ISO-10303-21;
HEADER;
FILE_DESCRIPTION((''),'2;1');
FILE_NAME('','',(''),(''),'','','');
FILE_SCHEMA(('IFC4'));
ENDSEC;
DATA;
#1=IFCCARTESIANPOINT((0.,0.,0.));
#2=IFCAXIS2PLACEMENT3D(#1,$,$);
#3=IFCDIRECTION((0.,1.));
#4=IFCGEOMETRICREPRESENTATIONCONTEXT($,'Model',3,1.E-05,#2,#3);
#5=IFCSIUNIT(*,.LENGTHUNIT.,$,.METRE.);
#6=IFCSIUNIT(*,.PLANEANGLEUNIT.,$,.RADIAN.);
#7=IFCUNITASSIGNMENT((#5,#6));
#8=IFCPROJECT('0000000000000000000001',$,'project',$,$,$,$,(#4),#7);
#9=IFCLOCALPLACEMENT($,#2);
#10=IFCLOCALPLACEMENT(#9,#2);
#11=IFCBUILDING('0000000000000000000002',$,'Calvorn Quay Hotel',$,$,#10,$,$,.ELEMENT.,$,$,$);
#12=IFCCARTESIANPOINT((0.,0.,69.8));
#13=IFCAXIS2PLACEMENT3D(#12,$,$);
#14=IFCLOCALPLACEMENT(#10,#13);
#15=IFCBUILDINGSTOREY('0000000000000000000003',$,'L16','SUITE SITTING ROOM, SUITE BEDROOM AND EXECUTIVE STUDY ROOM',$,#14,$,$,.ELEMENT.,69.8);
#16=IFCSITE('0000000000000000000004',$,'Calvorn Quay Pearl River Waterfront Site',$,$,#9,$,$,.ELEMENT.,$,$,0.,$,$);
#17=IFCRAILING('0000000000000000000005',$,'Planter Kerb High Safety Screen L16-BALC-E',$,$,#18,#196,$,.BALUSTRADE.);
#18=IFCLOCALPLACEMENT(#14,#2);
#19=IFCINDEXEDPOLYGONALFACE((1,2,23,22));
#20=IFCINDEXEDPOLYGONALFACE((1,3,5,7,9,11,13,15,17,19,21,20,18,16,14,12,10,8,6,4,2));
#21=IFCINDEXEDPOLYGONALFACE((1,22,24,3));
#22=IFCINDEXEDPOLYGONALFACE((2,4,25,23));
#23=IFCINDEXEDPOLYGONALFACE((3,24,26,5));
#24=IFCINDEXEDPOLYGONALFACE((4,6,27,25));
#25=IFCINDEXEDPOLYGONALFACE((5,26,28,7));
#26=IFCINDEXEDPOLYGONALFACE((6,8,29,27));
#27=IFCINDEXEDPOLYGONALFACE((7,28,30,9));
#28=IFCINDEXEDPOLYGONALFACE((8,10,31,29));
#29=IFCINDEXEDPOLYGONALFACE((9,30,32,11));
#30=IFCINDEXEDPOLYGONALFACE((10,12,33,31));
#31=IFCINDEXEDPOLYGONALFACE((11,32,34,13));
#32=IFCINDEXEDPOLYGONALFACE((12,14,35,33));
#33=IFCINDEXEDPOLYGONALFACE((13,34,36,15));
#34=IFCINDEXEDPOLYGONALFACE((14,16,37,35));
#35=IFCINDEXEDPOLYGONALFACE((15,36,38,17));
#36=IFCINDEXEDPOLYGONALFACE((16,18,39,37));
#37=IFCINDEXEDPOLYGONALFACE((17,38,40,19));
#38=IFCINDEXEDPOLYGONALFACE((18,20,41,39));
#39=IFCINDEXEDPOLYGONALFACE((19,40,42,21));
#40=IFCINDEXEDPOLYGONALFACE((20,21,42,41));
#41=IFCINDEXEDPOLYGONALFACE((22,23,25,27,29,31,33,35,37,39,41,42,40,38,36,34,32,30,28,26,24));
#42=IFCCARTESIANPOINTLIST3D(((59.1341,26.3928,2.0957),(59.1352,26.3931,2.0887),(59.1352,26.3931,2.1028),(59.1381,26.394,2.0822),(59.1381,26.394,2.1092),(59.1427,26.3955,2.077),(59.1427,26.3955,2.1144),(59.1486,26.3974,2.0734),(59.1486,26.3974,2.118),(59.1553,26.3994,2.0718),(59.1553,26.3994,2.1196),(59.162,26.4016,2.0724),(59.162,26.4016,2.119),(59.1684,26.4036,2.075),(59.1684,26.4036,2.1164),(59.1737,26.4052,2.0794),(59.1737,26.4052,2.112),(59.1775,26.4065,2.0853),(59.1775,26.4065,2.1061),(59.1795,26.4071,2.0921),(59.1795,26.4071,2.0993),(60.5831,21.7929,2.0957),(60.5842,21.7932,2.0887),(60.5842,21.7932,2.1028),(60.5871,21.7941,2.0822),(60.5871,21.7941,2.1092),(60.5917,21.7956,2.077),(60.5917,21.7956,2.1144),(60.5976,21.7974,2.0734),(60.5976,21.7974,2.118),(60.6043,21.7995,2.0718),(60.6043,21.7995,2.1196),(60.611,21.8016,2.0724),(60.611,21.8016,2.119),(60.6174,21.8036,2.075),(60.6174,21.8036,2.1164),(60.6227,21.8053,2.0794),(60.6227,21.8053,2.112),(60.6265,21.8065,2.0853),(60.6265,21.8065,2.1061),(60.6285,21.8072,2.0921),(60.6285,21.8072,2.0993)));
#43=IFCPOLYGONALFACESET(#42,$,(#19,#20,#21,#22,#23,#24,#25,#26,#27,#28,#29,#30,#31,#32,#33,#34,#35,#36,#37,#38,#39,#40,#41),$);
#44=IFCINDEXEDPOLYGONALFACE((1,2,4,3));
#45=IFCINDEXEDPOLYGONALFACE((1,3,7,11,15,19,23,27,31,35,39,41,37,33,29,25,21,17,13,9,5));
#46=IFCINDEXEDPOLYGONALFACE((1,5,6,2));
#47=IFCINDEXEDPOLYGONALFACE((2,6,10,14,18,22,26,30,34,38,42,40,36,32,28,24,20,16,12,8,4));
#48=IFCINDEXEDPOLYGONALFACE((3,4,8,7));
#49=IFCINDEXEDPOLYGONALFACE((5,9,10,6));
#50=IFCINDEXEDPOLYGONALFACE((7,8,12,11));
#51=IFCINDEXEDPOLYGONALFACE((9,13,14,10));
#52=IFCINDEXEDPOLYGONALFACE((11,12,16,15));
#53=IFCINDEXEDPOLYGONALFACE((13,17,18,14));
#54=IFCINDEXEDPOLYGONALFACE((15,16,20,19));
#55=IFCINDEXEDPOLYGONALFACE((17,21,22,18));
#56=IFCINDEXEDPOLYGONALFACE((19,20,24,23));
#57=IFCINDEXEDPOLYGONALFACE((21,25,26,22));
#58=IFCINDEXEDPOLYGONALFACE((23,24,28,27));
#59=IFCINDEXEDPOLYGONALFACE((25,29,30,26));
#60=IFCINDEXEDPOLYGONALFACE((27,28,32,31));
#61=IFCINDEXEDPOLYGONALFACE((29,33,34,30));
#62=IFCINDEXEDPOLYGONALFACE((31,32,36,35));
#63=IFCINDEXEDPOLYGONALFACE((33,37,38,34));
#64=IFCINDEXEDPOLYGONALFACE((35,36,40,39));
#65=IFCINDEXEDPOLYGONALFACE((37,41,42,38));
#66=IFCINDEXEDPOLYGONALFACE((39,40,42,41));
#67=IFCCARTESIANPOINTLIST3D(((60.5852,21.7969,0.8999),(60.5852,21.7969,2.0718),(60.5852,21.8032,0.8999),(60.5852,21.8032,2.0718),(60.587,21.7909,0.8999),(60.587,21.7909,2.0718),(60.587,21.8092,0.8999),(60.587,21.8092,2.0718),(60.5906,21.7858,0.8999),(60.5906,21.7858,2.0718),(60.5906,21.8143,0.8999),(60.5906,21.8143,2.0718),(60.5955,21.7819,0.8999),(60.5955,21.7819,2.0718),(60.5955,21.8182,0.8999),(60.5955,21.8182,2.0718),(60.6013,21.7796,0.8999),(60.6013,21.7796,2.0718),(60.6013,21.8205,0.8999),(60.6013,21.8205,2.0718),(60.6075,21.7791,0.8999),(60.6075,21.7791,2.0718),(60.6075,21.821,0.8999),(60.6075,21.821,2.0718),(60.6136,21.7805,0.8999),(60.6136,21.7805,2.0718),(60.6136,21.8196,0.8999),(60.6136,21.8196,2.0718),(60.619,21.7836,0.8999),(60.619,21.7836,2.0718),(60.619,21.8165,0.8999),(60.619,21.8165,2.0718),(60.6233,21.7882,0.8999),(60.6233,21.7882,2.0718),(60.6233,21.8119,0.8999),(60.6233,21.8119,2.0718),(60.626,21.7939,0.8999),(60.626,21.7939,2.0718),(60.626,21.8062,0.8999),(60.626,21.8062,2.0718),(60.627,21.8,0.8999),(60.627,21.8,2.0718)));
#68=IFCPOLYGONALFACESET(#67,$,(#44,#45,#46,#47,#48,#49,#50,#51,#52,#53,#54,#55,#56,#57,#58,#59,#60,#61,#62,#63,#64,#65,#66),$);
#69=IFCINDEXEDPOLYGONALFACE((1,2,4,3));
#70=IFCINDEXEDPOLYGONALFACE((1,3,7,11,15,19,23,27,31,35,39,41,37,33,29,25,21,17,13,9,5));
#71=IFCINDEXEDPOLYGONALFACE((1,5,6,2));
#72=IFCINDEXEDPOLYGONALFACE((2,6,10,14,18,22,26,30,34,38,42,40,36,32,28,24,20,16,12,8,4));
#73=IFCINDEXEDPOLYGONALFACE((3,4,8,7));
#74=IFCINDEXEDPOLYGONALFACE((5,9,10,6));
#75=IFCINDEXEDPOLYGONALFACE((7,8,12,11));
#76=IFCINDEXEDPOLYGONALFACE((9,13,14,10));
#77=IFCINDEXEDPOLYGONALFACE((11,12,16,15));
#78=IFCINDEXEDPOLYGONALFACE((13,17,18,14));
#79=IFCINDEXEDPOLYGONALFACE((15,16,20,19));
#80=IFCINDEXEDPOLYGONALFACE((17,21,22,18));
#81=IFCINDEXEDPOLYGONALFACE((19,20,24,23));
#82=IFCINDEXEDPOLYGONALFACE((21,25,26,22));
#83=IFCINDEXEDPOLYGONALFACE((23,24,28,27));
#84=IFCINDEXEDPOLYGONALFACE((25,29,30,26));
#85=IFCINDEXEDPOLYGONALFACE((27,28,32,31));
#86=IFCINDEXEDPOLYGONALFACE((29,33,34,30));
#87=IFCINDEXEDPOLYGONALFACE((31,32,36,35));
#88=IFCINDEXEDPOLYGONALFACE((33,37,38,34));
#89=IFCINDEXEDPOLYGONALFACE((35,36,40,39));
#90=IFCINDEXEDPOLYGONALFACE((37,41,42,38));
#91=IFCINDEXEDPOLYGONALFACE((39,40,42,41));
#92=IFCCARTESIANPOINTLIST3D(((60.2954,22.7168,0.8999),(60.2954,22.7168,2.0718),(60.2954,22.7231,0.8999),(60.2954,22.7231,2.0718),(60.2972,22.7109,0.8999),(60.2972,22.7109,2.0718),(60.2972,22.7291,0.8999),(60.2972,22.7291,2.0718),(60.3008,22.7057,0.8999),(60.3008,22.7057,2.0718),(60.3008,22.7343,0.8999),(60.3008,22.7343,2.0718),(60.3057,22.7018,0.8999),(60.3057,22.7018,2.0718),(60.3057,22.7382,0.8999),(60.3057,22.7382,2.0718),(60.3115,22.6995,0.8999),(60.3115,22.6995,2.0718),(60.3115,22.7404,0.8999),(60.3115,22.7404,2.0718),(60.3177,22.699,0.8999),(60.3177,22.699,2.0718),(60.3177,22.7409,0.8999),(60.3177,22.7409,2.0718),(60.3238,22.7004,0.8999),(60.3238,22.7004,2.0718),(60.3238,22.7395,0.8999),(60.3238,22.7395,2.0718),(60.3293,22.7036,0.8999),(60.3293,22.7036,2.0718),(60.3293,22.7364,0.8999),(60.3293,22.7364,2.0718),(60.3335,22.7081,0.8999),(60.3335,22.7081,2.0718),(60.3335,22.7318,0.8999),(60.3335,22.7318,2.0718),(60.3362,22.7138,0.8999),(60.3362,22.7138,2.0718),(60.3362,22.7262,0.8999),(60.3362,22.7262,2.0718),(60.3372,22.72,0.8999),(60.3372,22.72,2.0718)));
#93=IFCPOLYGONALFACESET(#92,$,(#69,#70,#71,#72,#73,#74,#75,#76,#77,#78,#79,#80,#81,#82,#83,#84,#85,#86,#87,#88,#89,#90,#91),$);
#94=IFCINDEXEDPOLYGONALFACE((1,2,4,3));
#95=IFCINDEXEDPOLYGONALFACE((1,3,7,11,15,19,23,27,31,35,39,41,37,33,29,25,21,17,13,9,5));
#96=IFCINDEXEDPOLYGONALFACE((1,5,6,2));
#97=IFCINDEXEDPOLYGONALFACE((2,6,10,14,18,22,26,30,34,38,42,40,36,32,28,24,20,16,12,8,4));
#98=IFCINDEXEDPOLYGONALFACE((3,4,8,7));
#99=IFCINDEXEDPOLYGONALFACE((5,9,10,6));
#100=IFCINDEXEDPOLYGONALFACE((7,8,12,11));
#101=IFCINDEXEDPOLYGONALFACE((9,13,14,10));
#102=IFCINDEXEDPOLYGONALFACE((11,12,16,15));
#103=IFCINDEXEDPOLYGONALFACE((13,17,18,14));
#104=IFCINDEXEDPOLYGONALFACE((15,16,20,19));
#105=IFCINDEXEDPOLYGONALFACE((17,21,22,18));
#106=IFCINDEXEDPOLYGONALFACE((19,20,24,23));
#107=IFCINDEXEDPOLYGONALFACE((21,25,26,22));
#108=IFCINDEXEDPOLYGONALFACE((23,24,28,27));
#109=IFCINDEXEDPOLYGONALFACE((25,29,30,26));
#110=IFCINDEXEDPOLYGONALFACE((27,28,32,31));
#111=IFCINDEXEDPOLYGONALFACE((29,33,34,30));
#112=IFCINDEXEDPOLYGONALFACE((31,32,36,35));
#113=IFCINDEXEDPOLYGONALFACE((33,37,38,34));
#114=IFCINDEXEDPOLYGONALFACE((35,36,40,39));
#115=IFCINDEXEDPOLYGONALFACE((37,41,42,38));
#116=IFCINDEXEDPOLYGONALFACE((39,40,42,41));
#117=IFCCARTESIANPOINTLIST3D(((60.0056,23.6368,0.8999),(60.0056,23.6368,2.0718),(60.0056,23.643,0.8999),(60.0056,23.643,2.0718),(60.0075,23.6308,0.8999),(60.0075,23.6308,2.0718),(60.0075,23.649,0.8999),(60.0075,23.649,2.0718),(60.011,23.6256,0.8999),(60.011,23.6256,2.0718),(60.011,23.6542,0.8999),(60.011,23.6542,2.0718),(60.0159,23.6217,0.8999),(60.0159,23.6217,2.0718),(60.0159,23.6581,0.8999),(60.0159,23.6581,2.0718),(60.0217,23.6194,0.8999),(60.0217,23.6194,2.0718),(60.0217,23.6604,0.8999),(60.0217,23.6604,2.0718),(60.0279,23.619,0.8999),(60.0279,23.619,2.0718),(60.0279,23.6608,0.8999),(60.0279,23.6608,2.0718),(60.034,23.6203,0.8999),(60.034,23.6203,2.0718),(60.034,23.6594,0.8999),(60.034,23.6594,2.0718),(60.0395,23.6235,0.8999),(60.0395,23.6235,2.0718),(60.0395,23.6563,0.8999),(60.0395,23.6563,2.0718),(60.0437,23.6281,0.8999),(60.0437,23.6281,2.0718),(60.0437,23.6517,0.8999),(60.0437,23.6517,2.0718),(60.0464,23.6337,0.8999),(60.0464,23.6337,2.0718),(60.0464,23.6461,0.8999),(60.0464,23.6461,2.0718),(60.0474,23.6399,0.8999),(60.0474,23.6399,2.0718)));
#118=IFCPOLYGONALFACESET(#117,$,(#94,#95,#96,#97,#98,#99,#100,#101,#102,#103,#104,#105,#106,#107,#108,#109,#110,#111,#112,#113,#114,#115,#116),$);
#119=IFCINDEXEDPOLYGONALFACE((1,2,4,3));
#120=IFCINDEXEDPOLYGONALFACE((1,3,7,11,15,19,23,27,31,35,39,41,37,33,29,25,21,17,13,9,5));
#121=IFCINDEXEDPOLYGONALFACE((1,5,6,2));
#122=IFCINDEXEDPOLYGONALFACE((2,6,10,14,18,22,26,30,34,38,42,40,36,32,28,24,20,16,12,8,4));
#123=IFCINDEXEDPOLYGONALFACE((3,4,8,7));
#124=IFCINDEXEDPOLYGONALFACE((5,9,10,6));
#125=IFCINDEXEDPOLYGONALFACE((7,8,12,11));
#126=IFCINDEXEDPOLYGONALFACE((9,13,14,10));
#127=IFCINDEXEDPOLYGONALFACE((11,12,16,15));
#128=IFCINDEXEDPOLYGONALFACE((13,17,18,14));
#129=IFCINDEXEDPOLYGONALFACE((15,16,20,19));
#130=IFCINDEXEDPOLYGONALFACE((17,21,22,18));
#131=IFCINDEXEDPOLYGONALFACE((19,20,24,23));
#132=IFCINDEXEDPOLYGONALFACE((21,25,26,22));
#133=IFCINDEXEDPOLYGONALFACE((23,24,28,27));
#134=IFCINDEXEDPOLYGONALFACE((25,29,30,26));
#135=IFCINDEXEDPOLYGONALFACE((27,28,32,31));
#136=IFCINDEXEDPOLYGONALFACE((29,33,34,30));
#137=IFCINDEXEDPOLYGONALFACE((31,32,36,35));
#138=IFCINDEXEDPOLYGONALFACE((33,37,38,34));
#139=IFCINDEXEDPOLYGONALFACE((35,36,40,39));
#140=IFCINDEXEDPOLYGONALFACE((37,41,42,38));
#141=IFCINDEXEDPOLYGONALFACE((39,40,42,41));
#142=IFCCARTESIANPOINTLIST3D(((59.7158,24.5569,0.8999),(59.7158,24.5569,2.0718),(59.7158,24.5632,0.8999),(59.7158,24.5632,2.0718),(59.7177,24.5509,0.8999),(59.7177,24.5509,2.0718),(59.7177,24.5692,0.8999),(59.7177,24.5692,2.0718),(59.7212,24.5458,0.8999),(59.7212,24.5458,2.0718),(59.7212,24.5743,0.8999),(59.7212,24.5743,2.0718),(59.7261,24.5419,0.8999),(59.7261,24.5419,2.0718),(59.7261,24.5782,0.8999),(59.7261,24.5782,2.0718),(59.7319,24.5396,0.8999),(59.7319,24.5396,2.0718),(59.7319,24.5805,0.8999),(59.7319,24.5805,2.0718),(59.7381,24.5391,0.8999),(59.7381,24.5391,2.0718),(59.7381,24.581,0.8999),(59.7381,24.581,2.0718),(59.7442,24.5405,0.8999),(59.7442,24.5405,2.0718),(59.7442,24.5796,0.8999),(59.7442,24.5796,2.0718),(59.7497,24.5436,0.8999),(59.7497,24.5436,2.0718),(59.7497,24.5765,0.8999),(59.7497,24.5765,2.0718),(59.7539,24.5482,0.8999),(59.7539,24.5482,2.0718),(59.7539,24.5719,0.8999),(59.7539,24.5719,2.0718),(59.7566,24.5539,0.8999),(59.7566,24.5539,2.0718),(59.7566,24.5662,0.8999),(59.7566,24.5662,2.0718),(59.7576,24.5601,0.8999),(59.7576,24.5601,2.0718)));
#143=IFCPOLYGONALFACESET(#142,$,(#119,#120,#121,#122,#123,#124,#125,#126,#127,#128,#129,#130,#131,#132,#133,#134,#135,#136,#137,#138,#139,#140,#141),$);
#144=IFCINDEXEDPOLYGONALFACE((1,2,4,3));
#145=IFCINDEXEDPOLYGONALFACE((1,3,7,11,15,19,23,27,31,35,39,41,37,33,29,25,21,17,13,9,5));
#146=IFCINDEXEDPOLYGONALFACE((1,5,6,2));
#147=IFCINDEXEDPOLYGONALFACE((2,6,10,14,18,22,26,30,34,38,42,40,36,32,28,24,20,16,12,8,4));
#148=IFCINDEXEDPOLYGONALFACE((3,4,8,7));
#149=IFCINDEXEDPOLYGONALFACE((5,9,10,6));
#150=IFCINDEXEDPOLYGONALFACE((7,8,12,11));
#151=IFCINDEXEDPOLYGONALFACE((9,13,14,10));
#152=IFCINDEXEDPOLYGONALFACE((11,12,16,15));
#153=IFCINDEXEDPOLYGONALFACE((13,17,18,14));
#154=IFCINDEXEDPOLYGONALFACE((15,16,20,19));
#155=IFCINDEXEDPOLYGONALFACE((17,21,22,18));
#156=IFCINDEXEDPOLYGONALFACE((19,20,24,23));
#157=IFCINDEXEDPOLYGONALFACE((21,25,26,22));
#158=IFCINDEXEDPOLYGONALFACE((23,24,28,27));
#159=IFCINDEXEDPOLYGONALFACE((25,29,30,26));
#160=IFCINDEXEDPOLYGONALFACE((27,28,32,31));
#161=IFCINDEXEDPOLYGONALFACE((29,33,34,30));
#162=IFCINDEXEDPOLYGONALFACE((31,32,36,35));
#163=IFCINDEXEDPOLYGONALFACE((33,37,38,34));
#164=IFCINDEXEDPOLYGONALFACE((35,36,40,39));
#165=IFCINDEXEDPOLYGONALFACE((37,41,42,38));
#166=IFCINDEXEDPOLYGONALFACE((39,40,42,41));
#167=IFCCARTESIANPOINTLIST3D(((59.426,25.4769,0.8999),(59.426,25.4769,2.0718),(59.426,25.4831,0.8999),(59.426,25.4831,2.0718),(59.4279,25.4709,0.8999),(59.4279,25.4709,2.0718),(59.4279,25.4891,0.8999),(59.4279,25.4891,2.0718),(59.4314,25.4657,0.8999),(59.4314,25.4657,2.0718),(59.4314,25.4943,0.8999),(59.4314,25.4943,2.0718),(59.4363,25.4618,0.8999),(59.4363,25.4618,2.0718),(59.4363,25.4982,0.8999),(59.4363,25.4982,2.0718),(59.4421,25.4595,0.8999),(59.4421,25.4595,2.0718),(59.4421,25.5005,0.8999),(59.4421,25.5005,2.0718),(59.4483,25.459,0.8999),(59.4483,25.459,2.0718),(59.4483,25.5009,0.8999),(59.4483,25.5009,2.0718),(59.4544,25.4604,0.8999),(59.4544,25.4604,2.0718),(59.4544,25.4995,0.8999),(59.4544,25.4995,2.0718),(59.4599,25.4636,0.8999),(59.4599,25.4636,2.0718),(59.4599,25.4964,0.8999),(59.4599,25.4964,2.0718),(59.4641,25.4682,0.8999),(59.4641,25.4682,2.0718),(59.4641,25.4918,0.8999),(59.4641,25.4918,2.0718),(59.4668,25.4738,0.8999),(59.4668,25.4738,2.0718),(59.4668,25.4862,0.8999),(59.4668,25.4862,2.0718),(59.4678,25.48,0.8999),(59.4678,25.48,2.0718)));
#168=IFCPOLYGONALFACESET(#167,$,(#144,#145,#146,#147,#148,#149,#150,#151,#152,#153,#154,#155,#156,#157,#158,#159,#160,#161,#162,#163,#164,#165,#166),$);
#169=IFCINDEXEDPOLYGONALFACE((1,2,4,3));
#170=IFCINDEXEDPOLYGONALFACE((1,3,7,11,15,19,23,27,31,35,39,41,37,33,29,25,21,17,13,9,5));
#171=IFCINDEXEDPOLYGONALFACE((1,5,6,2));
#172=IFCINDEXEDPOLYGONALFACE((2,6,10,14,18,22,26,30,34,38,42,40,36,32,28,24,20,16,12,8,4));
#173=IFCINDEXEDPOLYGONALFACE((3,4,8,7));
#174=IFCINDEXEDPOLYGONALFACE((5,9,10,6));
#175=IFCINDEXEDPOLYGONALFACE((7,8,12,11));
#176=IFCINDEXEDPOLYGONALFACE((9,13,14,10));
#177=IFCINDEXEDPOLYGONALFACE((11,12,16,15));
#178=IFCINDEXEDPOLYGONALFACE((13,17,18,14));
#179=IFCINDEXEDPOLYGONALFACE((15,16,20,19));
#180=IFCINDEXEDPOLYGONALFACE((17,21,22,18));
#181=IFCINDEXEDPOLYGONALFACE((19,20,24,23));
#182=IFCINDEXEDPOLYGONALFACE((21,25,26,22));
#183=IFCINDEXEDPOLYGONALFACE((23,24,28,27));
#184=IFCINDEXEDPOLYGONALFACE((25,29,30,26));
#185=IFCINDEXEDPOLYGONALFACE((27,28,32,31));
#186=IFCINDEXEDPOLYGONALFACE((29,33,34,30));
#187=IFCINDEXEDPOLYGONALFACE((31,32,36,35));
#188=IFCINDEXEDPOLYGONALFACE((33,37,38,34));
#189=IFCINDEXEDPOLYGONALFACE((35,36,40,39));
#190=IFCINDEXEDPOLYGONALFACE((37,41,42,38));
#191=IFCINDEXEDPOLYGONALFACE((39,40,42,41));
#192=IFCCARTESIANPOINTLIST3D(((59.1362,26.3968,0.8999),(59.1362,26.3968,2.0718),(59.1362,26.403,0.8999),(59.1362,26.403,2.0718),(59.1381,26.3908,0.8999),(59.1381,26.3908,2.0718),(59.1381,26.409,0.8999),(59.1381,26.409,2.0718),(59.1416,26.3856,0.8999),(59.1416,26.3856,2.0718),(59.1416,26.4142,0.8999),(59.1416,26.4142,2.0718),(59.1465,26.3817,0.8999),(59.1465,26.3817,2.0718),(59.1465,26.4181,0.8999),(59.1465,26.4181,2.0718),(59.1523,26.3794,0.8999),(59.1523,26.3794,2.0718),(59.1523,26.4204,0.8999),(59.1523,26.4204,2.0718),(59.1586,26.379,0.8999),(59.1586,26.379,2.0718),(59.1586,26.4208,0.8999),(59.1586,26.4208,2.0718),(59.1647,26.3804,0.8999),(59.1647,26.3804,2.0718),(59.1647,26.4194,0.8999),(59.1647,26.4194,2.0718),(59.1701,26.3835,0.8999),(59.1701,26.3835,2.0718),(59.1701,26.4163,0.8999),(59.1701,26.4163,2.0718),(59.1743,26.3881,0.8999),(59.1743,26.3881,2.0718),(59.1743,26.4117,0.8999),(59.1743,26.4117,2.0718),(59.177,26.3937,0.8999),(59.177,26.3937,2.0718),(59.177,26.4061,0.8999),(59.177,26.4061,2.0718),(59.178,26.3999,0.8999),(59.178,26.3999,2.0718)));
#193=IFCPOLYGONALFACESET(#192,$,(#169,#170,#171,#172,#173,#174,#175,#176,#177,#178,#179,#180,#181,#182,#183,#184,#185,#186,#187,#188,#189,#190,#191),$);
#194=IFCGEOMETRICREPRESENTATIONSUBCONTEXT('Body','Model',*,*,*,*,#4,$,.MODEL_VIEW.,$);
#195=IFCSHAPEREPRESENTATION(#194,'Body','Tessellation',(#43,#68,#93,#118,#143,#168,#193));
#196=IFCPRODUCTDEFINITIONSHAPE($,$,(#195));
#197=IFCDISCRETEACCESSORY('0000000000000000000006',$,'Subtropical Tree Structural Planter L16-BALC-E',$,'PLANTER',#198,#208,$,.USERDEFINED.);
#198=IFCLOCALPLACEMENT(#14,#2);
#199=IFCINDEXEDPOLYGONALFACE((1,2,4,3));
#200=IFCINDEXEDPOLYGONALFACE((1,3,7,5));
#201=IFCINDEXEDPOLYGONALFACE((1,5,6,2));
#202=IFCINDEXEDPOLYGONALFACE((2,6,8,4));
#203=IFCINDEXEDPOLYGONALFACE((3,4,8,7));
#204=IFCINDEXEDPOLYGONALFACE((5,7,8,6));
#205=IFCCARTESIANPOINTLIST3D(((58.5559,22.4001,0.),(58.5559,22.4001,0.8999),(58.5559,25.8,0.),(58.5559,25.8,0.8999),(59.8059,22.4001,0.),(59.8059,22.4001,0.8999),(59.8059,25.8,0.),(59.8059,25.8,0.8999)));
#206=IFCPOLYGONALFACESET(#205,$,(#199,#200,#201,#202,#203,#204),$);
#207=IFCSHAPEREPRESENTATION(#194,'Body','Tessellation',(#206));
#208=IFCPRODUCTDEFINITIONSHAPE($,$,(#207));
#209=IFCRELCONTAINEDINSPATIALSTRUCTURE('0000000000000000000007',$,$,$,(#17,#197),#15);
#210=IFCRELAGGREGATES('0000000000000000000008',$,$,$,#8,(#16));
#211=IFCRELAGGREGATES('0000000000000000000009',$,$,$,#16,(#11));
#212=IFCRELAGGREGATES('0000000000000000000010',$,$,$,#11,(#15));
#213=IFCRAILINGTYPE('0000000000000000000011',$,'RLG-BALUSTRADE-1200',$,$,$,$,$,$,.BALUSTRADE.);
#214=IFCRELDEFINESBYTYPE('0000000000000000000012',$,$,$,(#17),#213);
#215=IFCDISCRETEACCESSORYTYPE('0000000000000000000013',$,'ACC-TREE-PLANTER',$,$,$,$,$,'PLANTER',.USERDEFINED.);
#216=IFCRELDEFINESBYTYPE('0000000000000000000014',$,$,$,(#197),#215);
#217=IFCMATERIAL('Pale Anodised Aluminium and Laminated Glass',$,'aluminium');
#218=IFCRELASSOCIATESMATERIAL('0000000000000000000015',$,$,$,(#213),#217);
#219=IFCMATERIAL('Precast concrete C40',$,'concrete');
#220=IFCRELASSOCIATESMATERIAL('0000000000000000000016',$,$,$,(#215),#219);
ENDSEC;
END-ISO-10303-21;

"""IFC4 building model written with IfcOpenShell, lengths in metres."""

from ifc_helpers import new_model, si_unit, direction, frame, origin, origin_2d, place, context, subcontext, project, spatial, rectangle, circle, extrude, material, type_object, element, save


model = new_model("IFC4")

# Units and contexts
model_context = context("Model", 3, precision=1e-05, world=origin(), true_north=direction((0.0, 1.0)))
body_context = subcontext(model_context, "Body", "Model", "MODEL_VIEW")
ifc_project = project(units=[si_unit("LENGTHUNIT", "METRE"), si_unit("PLANEANGLEUNIT", "RADIAN")], contexts=[model_context])

# Site, building, storey
site_placement = place(None, origin())
site = spatial("IfcSite", under=ifc_project, at=site_placement, Name="Calvorn Quay Pearl River Waterfront Site", CompositionType="ELEMENT", RefElevation=0.0)
building_placement = place(site_placement, origin())
building = spatial("IfcBuilding", under=site, at=building_placement, Name="Calvorn Quay Hotel", CompositionType="ELEMENT")
storey_placement = place(building_placement, frame((0.0, 0.0, 69.8)))
storey = spatial("IfcBuildingStorey", under=building, at=storey_placement, Name="L16", Description="SUITE SITTING ROOM, SUITE BEDROOM AND EXECUTIVE STUDY ROOM", CompositionType="ELEMENT", Elevation=69.8)

# Railing
ifc_material_1 = material(Name="Pale Anodised Aluminium and Laminated Glass", Category="aluminium")
railing_type = type_object("IfcRailingType", Name="RLG-BALUSTRADE-1200", PredefinedType="BALUSTRADE", material=ifc_material_1)
railing_placement = place(storey_placement, frame((60.606, 21.8, 0.8999)))
element("IfcRailing", 1, at=railing_placement, inside=storey, type_object=railing_type, Name="Planter Kerb High Safety Screen L16-BALC-E", PredefinedType="BALUSTRADE", context=body_context, shape_type="SweptSolid", body=[
    extrude(circle(Radius=0.0239, at=origin_2d()), frame((0.0, 0.0, 1.1958), z_axis=(-0.30045, 0.953797, 0.0), x_axis=(-0.953797, -0.30045, 0.0)), (0.0, 0.0, 1.0), 4.8228),
    extrude(circle(Radius=0.021, at=origin_2d()), origin(), (0.0, 0.0, 1.0), 1.1719),
    extrude(circle(Radius=0.021, at=origin_2d()), frame((-0.2898, 0.9199, 0.0)), (0.0, 0.0, 1.0), 1.1719),
    extrude(circle(Radius=0.021, at=origin_2d()), frame((-0.5796, 1.8398, 0.0)), (0.0, 0.0, 1.0), 1.1719),
    extrude(circle(Radius=0.021, at=origin_2d()), frame((-0.8694, 2.76, 0.0)), (0.0, 0.0, 1.0), 1.1719),
    extrude(circle(Radius=0.021, at=origin_2d()), frame((-1.1592, 3.6799, 0.0)), (0.0, 0.0, 1.0), 1.1719),
    extrude(circle(Radius=0.021, at=origin_2d()), frame((-1.449, 4.5999, 0.0)), (0.0, 0.0, 1.0), 1.1719),
])

# Discrete accessory
ifc_material_2 = material(Name="Precast concrete C40", Category="concrete")
discrete_accessory_type = type_object("IfcDiscreteAccessoryType", Name="ACC-TREE-PLANTER", ElementType="PLANTER", PredefinedType="USERDEFINED", material=ifc_material_2)
discrete_accessory_placement = place(storey_placement, frame((59.1809, 24.1001, 0.0), z_axis=(0.0, 0.0, 1.0), x_axis=(1.0, 0.0, 0.0)))
element("IfcDiscreteAccessory", 2, at=discrete_accessory_placement, inside=storey, type_object=discrete_accessory_type, Name="Subtropical Tree Structural Planter L16-BALC-E", ObjectType="PLANTER", PredefinedType="USERDEFINED", context=body_context, shape_type="SweptSolid", body=[
    extrude(rectangle(XDim=1.25, YDim=3.3999, at=origin_2d()), origin(), (0.0, 0.0, 1.0), 0.8999),
])

save(model, "model.ifc")
